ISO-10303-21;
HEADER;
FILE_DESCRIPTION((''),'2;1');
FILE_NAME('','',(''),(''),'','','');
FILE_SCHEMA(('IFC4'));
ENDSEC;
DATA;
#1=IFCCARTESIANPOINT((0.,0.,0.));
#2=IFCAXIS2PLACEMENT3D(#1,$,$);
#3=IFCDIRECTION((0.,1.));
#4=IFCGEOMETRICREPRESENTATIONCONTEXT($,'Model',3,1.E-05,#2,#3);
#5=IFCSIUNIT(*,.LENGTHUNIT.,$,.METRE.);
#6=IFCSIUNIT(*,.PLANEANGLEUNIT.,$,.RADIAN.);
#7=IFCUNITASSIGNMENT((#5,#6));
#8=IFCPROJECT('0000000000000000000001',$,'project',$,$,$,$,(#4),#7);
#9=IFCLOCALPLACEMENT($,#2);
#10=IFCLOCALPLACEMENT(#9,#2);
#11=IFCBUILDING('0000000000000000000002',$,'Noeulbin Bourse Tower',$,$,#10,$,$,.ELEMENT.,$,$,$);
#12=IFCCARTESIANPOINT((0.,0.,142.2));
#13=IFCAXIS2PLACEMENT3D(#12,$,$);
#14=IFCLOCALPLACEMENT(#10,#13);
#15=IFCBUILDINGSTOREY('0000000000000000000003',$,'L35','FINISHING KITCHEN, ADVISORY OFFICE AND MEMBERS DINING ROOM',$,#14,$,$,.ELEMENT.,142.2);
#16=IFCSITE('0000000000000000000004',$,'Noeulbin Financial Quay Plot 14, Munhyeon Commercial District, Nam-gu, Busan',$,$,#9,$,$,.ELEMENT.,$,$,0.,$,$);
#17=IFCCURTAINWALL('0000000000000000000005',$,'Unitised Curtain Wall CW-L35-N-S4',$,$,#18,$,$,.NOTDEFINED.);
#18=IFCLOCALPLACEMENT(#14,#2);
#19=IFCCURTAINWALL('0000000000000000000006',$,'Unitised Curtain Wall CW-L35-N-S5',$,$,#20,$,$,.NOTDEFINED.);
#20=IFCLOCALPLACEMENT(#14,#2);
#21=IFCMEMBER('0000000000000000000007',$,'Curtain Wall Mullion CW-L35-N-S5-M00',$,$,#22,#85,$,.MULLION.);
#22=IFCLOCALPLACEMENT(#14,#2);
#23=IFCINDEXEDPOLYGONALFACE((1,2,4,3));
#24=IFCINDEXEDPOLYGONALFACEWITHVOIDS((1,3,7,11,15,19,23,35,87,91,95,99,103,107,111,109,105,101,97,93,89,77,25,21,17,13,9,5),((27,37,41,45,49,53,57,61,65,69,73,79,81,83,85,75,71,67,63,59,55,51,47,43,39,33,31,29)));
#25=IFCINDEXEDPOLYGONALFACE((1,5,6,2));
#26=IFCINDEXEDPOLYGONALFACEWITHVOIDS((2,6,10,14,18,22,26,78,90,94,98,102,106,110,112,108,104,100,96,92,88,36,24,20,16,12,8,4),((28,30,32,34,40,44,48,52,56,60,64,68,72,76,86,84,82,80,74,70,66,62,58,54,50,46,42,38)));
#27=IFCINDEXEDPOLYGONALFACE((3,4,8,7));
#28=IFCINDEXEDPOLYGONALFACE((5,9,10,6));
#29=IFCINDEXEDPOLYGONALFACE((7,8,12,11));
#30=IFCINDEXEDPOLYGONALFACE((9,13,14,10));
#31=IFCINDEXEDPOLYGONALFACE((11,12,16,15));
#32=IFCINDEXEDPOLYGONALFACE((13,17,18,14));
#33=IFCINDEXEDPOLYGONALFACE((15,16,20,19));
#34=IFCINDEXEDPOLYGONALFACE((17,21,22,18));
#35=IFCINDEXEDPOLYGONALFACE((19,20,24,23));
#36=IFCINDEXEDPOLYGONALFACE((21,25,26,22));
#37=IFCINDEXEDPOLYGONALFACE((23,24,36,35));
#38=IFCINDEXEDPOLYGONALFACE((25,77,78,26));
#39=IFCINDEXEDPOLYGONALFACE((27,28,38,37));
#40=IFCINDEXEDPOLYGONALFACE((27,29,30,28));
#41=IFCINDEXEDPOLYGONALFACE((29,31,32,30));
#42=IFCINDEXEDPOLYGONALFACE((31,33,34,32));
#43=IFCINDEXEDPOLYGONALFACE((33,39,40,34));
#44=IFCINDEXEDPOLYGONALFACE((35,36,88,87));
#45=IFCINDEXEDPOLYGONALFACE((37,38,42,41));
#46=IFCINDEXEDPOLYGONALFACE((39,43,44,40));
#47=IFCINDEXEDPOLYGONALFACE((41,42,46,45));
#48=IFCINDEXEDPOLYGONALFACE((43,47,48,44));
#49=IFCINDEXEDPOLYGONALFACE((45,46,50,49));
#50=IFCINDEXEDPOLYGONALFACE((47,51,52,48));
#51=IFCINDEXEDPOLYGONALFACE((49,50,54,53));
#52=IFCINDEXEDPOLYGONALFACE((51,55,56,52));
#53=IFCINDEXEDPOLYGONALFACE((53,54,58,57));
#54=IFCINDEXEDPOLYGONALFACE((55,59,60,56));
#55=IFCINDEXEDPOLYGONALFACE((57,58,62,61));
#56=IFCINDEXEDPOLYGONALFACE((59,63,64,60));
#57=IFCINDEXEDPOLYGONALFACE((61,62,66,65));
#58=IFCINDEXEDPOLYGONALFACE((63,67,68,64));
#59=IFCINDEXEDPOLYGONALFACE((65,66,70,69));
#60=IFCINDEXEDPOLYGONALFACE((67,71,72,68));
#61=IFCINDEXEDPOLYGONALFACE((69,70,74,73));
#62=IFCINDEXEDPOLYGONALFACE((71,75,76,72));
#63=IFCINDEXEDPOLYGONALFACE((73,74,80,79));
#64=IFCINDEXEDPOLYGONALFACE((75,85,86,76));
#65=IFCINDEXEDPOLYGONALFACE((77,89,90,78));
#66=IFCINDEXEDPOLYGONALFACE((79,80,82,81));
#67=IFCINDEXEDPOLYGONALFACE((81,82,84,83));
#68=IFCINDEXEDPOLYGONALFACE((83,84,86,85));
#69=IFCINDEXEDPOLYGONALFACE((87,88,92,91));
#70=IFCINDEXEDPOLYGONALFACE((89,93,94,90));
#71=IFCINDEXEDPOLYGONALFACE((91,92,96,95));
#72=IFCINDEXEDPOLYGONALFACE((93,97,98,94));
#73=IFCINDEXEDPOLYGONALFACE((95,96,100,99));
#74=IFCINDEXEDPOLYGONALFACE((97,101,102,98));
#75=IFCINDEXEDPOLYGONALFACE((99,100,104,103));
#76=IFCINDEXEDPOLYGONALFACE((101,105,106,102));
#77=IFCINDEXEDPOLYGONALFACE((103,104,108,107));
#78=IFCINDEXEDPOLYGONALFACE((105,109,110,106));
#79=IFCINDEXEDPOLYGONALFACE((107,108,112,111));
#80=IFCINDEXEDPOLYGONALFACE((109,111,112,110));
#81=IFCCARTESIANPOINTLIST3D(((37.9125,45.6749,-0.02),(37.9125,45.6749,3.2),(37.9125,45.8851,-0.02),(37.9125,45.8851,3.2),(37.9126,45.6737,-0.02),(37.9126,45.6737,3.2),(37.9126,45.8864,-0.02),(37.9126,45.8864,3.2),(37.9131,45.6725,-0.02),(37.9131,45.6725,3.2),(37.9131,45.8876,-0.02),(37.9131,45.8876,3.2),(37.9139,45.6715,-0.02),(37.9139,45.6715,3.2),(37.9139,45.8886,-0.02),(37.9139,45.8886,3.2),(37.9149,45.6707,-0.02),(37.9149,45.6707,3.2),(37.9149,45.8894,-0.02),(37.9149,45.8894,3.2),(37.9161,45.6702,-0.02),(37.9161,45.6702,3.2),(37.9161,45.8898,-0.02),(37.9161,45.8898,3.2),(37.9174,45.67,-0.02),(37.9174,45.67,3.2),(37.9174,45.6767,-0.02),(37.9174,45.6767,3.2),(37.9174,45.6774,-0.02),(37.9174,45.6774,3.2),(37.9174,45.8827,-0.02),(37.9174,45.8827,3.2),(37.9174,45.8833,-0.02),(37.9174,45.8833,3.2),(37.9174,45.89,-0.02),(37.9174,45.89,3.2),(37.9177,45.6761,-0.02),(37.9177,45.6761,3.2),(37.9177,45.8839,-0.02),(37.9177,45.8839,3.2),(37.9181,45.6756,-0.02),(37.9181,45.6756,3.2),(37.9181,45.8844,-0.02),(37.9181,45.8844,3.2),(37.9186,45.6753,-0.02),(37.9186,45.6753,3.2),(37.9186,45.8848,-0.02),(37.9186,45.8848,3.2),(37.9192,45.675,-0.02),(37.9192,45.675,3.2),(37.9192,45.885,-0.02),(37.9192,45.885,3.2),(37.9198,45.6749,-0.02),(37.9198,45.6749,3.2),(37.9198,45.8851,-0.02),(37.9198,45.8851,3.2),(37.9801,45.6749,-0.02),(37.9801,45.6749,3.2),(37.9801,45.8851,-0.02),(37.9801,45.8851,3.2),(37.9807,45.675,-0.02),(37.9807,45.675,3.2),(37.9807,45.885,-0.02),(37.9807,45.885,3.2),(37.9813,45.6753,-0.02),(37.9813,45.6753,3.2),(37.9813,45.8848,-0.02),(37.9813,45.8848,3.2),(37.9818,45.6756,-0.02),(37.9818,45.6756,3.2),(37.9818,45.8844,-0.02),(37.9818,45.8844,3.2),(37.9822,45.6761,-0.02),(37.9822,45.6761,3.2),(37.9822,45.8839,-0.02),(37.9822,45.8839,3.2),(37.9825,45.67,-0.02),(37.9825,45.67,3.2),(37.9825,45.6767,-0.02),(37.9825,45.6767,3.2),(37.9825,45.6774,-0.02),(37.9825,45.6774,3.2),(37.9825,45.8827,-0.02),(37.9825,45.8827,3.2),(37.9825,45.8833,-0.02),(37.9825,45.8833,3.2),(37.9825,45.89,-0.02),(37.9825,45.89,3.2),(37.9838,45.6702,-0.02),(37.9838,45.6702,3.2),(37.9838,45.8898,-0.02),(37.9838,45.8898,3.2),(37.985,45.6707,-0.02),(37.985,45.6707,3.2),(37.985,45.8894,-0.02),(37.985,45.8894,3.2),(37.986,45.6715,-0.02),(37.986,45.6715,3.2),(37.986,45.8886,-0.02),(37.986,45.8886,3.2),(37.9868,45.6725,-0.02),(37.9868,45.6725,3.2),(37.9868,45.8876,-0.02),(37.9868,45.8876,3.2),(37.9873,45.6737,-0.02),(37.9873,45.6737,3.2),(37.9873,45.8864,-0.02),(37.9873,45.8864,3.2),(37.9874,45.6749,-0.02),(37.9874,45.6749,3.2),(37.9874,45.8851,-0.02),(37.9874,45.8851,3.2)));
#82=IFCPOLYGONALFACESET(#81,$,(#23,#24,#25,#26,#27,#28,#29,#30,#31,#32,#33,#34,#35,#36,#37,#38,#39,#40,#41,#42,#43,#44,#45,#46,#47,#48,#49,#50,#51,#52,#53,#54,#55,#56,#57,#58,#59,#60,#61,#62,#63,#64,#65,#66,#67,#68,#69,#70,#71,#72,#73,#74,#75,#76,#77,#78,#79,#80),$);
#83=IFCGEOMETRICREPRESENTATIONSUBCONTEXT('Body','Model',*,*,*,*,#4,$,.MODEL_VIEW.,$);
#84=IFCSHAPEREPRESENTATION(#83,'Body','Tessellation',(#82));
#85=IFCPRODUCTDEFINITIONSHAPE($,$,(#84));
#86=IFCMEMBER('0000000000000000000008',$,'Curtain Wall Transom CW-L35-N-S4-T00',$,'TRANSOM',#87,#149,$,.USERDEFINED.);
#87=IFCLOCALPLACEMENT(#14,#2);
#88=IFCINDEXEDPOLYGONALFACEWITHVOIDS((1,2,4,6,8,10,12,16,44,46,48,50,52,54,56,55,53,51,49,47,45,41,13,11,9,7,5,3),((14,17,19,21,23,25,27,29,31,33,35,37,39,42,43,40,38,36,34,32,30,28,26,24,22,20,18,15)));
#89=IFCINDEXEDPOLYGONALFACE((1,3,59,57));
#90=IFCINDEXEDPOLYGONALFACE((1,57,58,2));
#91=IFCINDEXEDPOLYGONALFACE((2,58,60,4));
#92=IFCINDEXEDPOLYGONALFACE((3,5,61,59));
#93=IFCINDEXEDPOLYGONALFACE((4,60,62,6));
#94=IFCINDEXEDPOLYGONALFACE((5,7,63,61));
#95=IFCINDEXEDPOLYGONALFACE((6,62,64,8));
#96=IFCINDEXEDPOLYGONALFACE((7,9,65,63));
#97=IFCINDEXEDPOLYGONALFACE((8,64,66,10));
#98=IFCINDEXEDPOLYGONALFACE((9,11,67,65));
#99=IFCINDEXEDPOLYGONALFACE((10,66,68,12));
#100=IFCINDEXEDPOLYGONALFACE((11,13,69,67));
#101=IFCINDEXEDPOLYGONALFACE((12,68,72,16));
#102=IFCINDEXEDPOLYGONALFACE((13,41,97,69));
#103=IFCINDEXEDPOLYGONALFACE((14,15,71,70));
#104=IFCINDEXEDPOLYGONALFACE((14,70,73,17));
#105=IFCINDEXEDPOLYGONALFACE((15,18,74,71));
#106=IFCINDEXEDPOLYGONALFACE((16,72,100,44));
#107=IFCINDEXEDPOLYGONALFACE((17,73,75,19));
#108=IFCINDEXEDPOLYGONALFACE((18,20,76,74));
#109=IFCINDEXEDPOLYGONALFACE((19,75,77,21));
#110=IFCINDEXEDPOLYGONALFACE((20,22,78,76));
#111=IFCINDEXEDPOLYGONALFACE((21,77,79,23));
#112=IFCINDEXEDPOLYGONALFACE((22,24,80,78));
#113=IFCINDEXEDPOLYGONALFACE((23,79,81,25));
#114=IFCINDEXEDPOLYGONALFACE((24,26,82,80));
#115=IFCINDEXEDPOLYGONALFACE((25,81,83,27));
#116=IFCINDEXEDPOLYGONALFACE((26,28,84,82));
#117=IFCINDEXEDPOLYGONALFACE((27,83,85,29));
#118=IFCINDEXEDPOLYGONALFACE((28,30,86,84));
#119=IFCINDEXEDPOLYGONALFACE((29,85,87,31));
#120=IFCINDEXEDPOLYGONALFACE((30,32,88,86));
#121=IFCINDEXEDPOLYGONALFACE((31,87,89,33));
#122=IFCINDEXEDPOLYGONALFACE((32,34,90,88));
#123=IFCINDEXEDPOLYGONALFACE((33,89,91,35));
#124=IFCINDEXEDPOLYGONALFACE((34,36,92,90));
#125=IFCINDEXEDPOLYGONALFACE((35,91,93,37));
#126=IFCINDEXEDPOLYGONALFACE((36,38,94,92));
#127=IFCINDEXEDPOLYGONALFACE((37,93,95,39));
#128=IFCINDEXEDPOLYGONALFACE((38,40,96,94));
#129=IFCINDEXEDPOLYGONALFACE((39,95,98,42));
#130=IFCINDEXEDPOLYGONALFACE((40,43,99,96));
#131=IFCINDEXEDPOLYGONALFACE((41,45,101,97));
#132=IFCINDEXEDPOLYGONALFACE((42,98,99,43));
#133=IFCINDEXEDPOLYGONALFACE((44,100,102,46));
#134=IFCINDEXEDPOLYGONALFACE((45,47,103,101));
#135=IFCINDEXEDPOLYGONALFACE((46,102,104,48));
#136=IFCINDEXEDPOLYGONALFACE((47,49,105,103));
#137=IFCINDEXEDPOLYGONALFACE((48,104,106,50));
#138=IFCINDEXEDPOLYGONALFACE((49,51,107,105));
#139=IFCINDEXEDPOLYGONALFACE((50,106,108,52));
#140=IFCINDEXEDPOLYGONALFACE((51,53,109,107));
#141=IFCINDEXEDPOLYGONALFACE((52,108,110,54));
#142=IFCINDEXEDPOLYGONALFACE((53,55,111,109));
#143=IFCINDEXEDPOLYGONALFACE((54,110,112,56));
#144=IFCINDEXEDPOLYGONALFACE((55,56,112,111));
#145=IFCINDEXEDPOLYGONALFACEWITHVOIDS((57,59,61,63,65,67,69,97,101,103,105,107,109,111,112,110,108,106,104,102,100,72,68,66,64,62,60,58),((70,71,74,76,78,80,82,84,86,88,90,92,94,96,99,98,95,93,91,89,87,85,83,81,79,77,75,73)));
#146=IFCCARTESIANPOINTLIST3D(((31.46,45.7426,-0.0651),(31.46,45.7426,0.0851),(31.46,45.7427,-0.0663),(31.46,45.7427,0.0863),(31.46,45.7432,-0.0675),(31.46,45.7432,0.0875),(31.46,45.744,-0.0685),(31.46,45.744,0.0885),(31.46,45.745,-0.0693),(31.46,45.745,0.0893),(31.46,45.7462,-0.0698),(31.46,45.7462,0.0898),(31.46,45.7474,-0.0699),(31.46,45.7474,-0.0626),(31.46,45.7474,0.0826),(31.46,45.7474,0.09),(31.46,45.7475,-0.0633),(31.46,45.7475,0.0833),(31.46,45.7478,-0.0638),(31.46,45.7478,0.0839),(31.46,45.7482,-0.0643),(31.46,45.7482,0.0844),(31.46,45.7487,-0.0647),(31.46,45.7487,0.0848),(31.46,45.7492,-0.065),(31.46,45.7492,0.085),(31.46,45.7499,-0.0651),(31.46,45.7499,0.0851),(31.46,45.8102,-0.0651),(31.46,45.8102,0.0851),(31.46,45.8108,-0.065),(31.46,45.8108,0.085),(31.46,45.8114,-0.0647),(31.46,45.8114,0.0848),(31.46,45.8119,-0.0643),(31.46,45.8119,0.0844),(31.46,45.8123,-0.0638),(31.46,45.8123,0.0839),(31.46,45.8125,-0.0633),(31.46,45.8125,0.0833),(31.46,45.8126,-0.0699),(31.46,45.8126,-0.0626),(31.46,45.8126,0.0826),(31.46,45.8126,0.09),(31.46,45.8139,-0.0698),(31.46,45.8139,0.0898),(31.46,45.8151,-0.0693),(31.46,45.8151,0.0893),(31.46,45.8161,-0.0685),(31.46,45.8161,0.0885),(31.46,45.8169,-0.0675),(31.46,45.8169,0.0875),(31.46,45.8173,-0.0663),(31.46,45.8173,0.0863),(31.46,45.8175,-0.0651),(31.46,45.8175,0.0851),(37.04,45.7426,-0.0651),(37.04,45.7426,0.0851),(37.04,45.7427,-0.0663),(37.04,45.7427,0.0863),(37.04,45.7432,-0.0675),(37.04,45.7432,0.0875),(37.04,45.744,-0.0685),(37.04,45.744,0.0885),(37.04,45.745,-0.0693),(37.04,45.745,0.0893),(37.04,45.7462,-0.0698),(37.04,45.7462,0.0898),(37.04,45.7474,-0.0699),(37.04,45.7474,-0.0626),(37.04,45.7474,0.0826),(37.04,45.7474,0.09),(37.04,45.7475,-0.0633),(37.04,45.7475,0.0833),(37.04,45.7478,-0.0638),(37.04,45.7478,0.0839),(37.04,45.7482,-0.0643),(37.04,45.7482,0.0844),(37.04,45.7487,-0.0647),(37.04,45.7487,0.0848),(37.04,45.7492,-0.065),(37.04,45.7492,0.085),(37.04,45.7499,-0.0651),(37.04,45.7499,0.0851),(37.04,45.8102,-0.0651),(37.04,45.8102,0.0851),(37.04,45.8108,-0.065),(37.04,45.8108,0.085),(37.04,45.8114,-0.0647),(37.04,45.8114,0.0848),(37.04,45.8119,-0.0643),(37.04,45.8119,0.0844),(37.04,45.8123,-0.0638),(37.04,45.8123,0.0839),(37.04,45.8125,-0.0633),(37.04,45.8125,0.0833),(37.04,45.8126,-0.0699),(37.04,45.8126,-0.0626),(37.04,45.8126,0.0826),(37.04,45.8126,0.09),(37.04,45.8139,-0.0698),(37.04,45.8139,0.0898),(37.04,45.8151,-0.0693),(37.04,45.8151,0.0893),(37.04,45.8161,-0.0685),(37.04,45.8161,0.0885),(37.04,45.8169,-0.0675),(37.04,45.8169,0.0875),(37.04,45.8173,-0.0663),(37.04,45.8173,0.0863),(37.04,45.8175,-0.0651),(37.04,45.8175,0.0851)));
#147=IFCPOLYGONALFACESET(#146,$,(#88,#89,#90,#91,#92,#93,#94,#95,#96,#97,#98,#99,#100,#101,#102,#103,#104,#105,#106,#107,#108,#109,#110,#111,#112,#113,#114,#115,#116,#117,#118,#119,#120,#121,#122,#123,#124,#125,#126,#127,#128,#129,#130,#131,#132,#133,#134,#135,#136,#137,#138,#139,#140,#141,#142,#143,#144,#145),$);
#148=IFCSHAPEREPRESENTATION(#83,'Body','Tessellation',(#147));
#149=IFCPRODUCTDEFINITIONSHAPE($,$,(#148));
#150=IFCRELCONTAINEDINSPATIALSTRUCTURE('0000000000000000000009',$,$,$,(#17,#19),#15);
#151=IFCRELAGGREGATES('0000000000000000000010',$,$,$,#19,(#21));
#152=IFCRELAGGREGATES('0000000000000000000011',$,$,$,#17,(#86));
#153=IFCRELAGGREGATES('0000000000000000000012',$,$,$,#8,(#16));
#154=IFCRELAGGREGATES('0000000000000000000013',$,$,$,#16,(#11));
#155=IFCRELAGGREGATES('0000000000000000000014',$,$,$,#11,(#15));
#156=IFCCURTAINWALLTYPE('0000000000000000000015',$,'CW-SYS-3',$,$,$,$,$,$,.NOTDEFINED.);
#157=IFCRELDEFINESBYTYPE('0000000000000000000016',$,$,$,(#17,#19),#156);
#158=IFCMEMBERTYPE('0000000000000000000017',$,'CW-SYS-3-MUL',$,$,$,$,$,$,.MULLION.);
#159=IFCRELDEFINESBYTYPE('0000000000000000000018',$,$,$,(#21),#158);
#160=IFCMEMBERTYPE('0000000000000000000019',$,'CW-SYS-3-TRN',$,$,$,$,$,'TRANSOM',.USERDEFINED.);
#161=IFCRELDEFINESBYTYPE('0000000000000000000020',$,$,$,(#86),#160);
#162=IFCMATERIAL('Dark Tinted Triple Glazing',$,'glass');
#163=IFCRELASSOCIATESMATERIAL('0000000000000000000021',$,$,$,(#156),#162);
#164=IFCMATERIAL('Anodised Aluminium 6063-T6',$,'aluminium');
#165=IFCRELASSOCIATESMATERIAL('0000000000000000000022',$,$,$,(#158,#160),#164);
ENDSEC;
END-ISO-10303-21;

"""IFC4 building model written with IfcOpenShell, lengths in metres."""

from ifc_helpers import new_model, si_unit, direction, frame, origin, origin_2d, place, context, subcontext, project, spatial, hollow_rectangle, extrude, material, material_profile, profile_set, type_object, element, aggregate, save


model = new_model("IFC4")

# Units and contexts
model_context = context("Model", 3, precision=1e-05, world=origin(), true_north=direction((0.0, 1.0)))
body_context = subcontext(model_context, "Body", "Model", "MODEL_VIEW")
ifc_project = project(units=[si_unit("LENGTHUNIT", "METRE"), si_unit("PLANEANGLEUNIT", "RADIAN")], contexts=[model_context])

# Site, building, storey
site_placement = place(None, origin())
site = spatial("IfcSite", under=ifc_project, at=site_placement, Name="Noeulbin Financial Quay Plot 14, Munhyeon Commercial District, Nam-gu, Busan", CompositionType="ELEMENT", RefElevation=0.0)
building_placement = place(site_placement, origin())
building = spatial("IfcBuilding", under=site, at=building_placement, Name="Noeulbin Bourse Tower", CompositionType="ELEMENT")
storey_placement = place(building_placement, frame((0.0, 0.0, 142.2)))
storey = spatial("IfcBuildingStorey", under=building, at=storey_placement, Name="L35", Description="FINISHING KITCHEN, ADVISORY OFFICE AND MEMBERS DINING ROOM", CompositionType="ELEMENT", Elevation=142.2)

# Shared definitions
ifc_material_1 = material(Name="Dark Tinted Triple Glazing", Category="glass")
curtain_wall_type = type_object("IfcCurtainWallType", Name="CW-SYS-3", PredefinedType="NOTDEFINED", material=ifc_material_1)
ifc_material_2 = material(Name="Anodised Aluminium 6063-T6", Category="aluminium")
ifc_material_profile_1 = material_profile(ifc_material_2, hollow_rectangle(XDim=0.075, YDim=0.22, WallThickness=0.0049, InnerFilletRadius=0.0024, OuterFilletRadius=0.0049, at=origin_2d()), Name="ALU-MULL-75x220x5", Category="LoadBearing")
ifc_profile_set_1 = profile_set([ifc_material_profile_1], Name="Anodised Aluminium 6063-T6")
member_type_1 = type_object("IfcMemberType", Name="CW-SYS-3-MUL", PredefinedType="MULLION", material=ifc_profile_set_1)

# Curtain wall
curtain_wall_1_placement = place(storey_placement, origin())
curtain_wall_1 = element("IfcCurtainWall", 1, at=curtain_wall_1_placement, inside=storey, type_object=curtain_wall_type, Name="Unitised Curtain Wall CW-L35-N-S4", PredefinedType="NOTDEFINED")

# Curtain wall, member
curtain_wall_2_placement = place(storey_placement, origin())
curtain_wall_2 = element("IfcCurtainWall", 2, at=curtain_wall_2_placement, inside=storey, type_object=curtain_wall_type, Name="Unitised Curtain Wall CW-L35-N-S5", PredefinedType="NOTDEFINED")
member_1_placement = place(storey_placement, frame((37.95, 45.78, -0.02), z_axis=(0.0, 0.0, 1.0), x_axis=(1.0, 0.0, 0.0)))
member_1 = element("IfcMember", 3, at=member_1_placement, type_object=member_type_1, Name="Curtain Wall Mullion CW-L35-N-S5-M00", PredefinedType="MULLION", context=body_context, shape_type="SweptSolid", body=[
    extrude(hollow_rectangle(XDim=0.075, YDim=0.22, WallThickness=0.0049, InnerFilletRadius=0.0024, OuterFilletRadius=0.0049, at=origin_2d()), origin(), (0.0, 0.0, 1.0), 3.22),
])

# Member
ifc_material_profile_2 = material_profile(ifc_material_2, hollow_rectangle(XDim=0.075, YDim=0.1599, WallThickness=0.0049, InnerFilletRadius=0.0024, OuterFilletRadius=0.0049, at=origin_2d()), Name="ALU-TRAN-75x160x5", Category="LoadBearing")
ifc_profile_set_2 = profile_set([ifc_material_profile_2], Name="Anodised Aluminium 6063-T6")
member_type_2 = type_object("IfcMemberType", Name="CW-SYS-3-TRN", ElementType="TRANSOM", PredefinedType="USERDEFINED", material=ifc_profile_set_2)
member_2_placement = place(storey_placement, frame((31.46, 45.78, 0.01), z_axis=(1.0, 0.0, 0.0), x_axis=(0.0, 1.0, 0.0)))
member_2 = element("IfcMember", 4, at=member_2_placement, type_object=member_type_2, Name="Curtain Wall Transom CW-L35-N-S4-T00", ObjectType="TRANSOM", PredefinedType="USERDEFINED", context=body_context, shape_type="SweptSolid", body=[
    extrude(hollow_rectangle(XDim=0.075, YDim=0.1599, WallThickness=0.0049, InnerFilletRadius=0.0024, OuterFilletRadius=0.0049, at=origin_2d()), origin(), (0.0, 0.0, 1.0), 5.5801),
])
aggregate(curtain_wall_2, [member_1])

aggregate(curtain_wall_1, [member_2])

save(model, "model.ifc")
